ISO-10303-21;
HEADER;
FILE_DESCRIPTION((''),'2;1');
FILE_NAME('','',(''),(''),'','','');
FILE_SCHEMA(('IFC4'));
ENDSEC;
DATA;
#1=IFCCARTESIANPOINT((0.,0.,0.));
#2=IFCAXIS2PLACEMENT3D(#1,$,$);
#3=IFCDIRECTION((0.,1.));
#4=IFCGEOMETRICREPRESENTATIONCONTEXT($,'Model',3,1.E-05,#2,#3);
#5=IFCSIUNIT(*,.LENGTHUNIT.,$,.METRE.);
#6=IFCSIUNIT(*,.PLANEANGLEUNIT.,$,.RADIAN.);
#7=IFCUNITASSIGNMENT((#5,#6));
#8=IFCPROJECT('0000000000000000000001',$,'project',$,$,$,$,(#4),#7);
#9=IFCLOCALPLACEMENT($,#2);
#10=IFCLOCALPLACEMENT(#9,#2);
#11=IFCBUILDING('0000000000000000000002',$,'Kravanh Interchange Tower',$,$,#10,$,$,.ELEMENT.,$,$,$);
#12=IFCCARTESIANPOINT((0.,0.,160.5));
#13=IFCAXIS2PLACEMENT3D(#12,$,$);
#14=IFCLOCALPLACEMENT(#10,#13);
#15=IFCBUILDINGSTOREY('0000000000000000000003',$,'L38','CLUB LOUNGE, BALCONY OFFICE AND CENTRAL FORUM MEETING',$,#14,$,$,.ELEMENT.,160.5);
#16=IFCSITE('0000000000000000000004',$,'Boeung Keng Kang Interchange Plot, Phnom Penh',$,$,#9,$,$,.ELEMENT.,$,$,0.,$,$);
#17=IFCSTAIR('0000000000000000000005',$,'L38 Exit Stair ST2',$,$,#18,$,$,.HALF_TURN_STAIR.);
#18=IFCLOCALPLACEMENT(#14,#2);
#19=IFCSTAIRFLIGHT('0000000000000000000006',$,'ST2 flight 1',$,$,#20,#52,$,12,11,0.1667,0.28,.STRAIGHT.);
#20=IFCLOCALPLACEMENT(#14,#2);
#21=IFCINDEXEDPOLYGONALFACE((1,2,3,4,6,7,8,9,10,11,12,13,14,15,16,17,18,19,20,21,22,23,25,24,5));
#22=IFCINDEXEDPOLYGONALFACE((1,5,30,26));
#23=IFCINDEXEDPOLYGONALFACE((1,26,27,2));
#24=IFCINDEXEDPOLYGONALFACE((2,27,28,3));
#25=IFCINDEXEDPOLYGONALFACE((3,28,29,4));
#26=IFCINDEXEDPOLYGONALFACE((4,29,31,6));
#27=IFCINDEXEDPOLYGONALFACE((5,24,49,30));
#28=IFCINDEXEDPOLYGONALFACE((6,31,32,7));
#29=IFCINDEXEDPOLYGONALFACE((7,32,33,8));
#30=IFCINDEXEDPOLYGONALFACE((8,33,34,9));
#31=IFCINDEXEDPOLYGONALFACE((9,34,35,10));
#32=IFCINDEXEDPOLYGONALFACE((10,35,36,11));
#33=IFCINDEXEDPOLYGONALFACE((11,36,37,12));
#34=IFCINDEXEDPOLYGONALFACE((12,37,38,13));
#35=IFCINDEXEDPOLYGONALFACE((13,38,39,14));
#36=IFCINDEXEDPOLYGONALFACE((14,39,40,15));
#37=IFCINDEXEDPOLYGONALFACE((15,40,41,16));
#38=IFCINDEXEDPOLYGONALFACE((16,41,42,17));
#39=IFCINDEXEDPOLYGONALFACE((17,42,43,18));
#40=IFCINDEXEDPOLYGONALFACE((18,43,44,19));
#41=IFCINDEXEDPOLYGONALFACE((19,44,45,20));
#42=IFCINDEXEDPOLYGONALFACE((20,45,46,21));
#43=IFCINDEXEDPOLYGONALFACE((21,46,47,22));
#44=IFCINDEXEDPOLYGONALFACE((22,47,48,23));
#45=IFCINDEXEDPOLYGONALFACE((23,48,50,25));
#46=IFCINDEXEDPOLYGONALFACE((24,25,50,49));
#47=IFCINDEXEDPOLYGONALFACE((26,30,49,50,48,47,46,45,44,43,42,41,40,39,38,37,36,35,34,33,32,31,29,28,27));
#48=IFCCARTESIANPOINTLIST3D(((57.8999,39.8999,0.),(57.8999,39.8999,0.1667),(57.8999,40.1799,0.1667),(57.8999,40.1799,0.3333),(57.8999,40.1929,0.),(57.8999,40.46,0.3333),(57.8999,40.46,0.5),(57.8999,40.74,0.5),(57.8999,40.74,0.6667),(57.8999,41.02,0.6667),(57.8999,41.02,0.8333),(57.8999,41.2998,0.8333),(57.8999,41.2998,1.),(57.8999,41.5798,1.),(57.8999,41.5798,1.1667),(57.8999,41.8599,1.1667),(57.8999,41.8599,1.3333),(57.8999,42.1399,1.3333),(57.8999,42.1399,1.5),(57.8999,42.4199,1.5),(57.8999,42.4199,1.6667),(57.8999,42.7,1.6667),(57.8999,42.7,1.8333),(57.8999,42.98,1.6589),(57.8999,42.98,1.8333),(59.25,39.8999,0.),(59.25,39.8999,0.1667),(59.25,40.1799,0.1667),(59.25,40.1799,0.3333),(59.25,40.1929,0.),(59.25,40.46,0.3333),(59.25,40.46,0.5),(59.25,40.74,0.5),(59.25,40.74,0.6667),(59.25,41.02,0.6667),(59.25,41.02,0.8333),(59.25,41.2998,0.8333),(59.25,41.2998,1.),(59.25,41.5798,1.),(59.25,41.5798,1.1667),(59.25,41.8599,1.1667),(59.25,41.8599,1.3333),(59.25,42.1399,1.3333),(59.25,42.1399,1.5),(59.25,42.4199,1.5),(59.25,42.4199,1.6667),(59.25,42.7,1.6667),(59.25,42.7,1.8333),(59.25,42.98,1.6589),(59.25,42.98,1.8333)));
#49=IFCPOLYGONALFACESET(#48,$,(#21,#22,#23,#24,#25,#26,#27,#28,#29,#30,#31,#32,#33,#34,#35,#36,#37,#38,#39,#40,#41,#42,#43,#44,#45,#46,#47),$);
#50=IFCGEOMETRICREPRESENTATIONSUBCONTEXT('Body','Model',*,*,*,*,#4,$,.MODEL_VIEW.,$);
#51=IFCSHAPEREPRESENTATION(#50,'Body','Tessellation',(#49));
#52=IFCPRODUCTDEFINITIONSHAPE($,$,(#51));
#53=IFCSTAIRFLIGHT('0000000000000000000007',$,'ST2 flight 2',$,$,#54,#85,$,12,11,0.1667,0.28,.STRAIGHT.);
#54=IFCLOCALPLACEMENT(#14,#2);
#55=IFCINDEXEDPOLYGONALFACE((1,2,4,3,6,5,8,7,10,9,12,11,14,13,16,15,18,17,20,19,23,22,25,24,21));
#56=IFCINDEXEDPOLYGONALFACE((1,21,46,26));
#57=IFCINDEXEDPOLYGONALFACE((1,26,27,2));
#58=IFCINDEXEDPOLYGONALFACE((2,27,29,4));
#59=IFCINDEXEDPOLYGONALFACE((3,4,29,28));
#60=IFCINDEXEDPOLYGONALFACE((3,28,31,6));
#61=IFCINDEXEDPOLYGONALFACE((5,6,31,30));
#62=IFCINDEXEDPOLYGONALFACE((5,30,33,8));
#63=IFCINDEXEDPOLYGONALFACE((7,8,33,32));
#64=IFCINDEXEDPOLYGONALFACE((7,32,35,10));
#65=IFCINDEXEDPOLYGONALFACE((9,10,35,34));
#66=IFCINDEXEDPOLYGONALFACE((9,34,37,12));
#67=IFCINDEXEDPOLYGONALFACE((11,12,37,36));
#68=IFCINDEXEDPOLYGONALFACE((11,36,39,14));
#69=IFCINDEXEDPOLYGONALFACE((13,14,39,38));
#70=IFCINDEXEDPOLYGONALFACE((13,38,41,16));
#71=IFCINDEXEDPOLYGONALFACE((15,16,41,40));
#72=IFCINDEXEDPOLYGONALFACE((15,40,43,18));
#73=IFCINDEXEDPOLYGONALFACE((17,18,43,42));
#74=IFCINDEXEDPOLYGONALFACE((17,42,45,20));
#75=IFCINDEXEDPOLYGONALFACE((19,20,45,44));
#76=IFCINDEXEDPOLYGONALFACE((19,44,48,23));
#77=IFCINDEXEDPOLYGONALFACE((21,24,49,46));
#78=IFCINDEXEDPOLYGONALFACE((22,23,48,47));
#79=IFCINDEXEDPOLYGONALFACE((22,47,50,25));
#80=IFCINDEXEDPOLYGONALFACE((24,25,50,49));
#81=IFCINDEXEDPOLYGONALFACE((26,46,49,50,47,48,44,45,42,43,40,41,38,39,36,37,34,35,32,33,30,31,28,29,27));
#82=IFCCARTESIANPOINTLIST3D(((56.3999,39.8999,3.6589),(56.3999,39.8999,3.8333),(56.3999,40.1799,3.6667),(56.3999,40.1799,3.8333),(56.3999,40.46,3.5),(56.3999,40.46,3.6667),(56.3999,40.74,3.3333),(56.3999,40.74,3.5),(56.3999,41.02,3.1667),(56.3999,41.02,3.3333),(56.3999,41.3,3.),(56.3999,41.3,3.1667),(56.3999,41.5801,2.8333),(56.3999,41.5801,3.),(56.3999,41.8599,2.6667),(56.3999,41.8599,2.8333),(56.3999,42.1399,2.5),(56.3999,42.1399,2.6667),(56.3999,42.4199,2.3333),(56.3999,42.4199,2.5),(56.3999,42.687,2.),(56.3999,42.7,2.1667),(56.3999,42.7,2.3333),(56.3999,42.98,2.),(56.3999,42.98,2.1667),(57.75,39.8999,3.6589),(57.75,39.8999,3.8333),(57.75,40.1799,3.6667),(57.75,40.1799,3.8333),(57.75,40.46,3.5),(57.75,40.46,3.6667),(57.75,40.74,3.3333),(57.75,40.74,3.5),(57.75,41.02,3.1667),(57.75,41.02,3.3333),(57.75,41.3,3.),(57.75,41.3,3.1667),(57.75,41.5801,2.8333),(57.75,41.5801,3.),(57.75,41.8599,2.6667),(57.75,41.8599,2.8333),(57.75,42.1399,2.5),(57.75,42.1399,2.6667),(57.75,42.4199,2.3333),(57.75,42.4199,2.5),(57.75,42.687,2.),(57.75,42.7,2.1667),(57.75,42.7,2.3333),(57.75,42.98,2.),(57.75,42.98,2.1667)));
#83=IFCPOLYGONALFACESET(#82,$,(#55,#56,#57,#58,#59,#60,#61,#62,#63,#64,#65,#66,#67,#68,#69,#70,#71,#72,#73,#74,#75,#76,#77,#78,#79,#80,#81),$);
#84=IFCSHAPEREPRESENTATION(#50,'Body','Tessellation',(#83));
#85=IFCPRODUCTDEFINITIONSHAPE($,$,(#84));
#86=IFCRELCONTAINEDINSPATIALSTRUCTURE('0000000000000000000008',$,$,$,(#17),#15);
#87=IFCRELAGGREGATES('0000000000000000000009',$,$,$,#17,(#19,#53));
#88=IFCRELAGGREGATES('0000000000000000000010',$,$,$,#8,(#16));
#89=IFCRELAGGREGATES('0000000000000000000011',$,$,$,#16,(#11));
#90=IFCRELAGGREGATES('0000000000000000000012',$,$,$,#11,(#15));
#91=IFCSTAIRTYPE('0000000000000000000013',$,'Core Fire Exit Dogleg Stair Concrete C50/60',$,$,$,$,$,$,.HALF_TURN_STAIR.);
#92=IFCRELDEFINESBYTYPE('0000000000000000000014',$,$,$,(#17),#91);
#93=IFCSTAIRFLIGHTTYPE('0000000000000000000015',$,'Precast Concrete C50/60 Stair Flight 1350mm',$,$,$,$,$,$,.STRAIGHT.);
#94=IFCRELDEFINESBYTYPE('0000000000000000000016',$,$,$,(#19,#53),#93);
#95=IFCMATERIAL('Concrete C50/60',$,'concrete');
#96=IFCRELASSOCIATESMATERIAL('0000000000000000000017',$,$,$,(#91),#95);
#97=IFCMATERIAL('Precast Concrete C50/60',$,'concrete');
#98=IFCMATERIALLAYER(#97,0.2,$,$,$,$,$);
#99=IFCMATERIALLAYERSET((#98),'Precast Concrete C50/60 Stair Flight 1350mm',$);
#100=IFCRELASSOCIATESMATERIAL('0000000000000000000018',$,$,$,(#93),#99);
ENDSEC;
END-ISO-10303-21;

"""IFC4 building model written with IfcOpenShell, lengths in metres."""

from ifc_helpers import new_model, si_unit, direction, frame, origin, place, context, subcontext, project, spatial, polyline, outline, extrude, material, layer, layer_set, type_object, element, aggregate, save


model = new_model("IFC4")

# Units and contexts
model_context = context("Model", 3, precision=1e-05, world=origin(), true_north=direction((0.0, 1.0)))
body_context = subcontext(model_context, "Body", "Model", "MODEL_VIEW")
ifc_project = project(units=[si_unit("LENGTHUNIT", "METRE"), si_unit("PLANEANGLEUNIT", "RADIAN")], contexts=[model_context])

# Site, building, storey
site_placement = place(None, origin())
site = spatial("IfcSite", under=ifc_project, at=site_placement, Name="Boeung Keng Kang Interchange Plot, Phnom Penh", CompositionType="ELEMENT", RefElevation=0.0)
building_placement = place(site_placement, origin())
building = spatial("IfcBuilding", under=site, at=building_placement, Name="Kravanh Interchange Tower", CompositionType="ELEMENT")
storey_placement = place(building_placement, frame((0.0, 0.0, 160.5)))
storey = spatial("IfcBuildingStorey", under=building, at=storey_placement, Name="L38", Description="CLUB LOUNGE, BALCONY OFFICE AND CENTRAL FORUM MEETING", CompositionType="ELEMENT", Elevation=160.5)

# Stair, stair flights
ifc_material_1 = material(Name="Concrete C50/60", Category="concrete")
stair_type = type_object("IfcStairType", Name="Core Fire Exit Dogleg Stair Concrete C50/60", PredefinedType="HALF_TURN_STAIR", material=ifc_material_1)
ifc_material_2 = material(Name="Precast Concrete C50/60", Category="concrete")
ifc_layer_1 = layer(ifc_material_2, 0.2)
ifc_layer_set_1 = layer_set([ifc_layer_1], Name="Precast Concrete C50/60 Stair Flight 1350mm")
stair_flight_type = type_object("IfcStairFlightType", Name="Precast Concrete C50/60 Stair Flight 1350mm", PredefinedType="STRAIGHT", material=ifc_layer_set_1)
stair_1_placement = place(storey_placement, origin())
stair_1 = element("IfcStair", 1, at=stair_1_placement, inside=storey, type_object=stair_type, Name="L38 Exit Stair ST2", PredefinedType="HALF_TURN_STAIR")
stair_flight_1_placement = place(storey_placement, frame((58.575, 39.8999, 0.0), z_axis=(0.0, 0.0, 1.0), x_axis=(0.0, 1.0, 0.0)))
stair_flight_1 = element("IfcStairFlight", 2, at=stair_flight_1_placement, type_object=stair_flight_type, Name="ST2 flight 1", NumberOfRisers=12, NumberOfTreads=11, PredefinedType="STRAIGHT", RiserHeight=0.1667, TreadLength=0.28, context=body_context, shape_type="SweptSolid", body=[
    extrude(outline(polyline([(0.0, 0.0), (0.0, 0.1667), (0.28, 0.1667), (0.28, 0.3333), (0.5601, 0.3333), (0.5601, 0.5), (0.8401, 0.5), (0.8401, 0.6667), (1.1201, 0.6667), (1.1201, 0.8333), (1.3999, 0.8333), (1.3999, 1.0), (1.6799, 1.0), (1.6799, 1.1667), (1.96, 1.1667), (1.96, 1.3333), (2.24, 1.3333), (2.24, 1.5), (2.52, 1.5), (2.52, 1.6667), (2.8, 1.6667), (2.8, 1.8333), (3.0801, 1.8333), (3.0801, 2.0), (3.0801, 1.6589), (0.293, 0.0), (0.0, 0.0)])), frame((0.0, 0.675, 0.0), z_axis=(0.0, -1.0, 0.0), x_axis=(1.0, 0.0, 0.0)), (0.0, 0.0, 1.0), 1.3501),
])
stair_flight_2_placement = place(storey_placement, frame((57.075, 42.98, 2.0), z_axis=(0.0, 0.0, 1.0), x_axis=(0.0, -1.0, 0.0)))
stair_flight_2 = element("IfcStairFlight", 3, at=stair_flight_2_placement, type_object=stair_flight_type, Name="ST2 flight 2", NumberOfRisers=12, NumberOfTreads=11, PredefinedType="STRAIGHT", RiserHeight=0.1667, TreadLength=0.28, context=body_context, shape_type="SweptSolid", body=[
    extrude(outline(polyline([(0.0, 0.0), (0.0, 0.1667), (0.28, 0.1667), (0.28, 0.3333), (0.5601, 0.3333), (0.5601, 0.5), (0.8401, 0.5), (0.8401, 0.6667), (1.1201, 0.6667), (1.1201, 0.8333), (1.3999, 0.8333), (1.3999, 1.0), (1.6799, 1.0), (1.6799, 1.1667), (1.96, 1.1667), (1.96, 1.3333), (2.24, 1.3333), (2.24, 1.5), (2.52, 1.5), (2.52, 1.6667), (2.8, 1.6667), (2.8, 1.8333), (3.0801, 1.8333), (3.0801, 2.0), (3.0801, 1.6589), (0.293, 0.0), (0.0, 0.0)])), frame((0.0, 0.675, 0.0), z_axis=(0.0, -1.0, 0.0), x_axis=(1.0, 0.0, 0.0)), (0.0, 0.0, 1.0), 1.3501),
])
aggregate(stair_1, [stair_flight_1, stair_flight_2])

save(model, "model.ifc")
